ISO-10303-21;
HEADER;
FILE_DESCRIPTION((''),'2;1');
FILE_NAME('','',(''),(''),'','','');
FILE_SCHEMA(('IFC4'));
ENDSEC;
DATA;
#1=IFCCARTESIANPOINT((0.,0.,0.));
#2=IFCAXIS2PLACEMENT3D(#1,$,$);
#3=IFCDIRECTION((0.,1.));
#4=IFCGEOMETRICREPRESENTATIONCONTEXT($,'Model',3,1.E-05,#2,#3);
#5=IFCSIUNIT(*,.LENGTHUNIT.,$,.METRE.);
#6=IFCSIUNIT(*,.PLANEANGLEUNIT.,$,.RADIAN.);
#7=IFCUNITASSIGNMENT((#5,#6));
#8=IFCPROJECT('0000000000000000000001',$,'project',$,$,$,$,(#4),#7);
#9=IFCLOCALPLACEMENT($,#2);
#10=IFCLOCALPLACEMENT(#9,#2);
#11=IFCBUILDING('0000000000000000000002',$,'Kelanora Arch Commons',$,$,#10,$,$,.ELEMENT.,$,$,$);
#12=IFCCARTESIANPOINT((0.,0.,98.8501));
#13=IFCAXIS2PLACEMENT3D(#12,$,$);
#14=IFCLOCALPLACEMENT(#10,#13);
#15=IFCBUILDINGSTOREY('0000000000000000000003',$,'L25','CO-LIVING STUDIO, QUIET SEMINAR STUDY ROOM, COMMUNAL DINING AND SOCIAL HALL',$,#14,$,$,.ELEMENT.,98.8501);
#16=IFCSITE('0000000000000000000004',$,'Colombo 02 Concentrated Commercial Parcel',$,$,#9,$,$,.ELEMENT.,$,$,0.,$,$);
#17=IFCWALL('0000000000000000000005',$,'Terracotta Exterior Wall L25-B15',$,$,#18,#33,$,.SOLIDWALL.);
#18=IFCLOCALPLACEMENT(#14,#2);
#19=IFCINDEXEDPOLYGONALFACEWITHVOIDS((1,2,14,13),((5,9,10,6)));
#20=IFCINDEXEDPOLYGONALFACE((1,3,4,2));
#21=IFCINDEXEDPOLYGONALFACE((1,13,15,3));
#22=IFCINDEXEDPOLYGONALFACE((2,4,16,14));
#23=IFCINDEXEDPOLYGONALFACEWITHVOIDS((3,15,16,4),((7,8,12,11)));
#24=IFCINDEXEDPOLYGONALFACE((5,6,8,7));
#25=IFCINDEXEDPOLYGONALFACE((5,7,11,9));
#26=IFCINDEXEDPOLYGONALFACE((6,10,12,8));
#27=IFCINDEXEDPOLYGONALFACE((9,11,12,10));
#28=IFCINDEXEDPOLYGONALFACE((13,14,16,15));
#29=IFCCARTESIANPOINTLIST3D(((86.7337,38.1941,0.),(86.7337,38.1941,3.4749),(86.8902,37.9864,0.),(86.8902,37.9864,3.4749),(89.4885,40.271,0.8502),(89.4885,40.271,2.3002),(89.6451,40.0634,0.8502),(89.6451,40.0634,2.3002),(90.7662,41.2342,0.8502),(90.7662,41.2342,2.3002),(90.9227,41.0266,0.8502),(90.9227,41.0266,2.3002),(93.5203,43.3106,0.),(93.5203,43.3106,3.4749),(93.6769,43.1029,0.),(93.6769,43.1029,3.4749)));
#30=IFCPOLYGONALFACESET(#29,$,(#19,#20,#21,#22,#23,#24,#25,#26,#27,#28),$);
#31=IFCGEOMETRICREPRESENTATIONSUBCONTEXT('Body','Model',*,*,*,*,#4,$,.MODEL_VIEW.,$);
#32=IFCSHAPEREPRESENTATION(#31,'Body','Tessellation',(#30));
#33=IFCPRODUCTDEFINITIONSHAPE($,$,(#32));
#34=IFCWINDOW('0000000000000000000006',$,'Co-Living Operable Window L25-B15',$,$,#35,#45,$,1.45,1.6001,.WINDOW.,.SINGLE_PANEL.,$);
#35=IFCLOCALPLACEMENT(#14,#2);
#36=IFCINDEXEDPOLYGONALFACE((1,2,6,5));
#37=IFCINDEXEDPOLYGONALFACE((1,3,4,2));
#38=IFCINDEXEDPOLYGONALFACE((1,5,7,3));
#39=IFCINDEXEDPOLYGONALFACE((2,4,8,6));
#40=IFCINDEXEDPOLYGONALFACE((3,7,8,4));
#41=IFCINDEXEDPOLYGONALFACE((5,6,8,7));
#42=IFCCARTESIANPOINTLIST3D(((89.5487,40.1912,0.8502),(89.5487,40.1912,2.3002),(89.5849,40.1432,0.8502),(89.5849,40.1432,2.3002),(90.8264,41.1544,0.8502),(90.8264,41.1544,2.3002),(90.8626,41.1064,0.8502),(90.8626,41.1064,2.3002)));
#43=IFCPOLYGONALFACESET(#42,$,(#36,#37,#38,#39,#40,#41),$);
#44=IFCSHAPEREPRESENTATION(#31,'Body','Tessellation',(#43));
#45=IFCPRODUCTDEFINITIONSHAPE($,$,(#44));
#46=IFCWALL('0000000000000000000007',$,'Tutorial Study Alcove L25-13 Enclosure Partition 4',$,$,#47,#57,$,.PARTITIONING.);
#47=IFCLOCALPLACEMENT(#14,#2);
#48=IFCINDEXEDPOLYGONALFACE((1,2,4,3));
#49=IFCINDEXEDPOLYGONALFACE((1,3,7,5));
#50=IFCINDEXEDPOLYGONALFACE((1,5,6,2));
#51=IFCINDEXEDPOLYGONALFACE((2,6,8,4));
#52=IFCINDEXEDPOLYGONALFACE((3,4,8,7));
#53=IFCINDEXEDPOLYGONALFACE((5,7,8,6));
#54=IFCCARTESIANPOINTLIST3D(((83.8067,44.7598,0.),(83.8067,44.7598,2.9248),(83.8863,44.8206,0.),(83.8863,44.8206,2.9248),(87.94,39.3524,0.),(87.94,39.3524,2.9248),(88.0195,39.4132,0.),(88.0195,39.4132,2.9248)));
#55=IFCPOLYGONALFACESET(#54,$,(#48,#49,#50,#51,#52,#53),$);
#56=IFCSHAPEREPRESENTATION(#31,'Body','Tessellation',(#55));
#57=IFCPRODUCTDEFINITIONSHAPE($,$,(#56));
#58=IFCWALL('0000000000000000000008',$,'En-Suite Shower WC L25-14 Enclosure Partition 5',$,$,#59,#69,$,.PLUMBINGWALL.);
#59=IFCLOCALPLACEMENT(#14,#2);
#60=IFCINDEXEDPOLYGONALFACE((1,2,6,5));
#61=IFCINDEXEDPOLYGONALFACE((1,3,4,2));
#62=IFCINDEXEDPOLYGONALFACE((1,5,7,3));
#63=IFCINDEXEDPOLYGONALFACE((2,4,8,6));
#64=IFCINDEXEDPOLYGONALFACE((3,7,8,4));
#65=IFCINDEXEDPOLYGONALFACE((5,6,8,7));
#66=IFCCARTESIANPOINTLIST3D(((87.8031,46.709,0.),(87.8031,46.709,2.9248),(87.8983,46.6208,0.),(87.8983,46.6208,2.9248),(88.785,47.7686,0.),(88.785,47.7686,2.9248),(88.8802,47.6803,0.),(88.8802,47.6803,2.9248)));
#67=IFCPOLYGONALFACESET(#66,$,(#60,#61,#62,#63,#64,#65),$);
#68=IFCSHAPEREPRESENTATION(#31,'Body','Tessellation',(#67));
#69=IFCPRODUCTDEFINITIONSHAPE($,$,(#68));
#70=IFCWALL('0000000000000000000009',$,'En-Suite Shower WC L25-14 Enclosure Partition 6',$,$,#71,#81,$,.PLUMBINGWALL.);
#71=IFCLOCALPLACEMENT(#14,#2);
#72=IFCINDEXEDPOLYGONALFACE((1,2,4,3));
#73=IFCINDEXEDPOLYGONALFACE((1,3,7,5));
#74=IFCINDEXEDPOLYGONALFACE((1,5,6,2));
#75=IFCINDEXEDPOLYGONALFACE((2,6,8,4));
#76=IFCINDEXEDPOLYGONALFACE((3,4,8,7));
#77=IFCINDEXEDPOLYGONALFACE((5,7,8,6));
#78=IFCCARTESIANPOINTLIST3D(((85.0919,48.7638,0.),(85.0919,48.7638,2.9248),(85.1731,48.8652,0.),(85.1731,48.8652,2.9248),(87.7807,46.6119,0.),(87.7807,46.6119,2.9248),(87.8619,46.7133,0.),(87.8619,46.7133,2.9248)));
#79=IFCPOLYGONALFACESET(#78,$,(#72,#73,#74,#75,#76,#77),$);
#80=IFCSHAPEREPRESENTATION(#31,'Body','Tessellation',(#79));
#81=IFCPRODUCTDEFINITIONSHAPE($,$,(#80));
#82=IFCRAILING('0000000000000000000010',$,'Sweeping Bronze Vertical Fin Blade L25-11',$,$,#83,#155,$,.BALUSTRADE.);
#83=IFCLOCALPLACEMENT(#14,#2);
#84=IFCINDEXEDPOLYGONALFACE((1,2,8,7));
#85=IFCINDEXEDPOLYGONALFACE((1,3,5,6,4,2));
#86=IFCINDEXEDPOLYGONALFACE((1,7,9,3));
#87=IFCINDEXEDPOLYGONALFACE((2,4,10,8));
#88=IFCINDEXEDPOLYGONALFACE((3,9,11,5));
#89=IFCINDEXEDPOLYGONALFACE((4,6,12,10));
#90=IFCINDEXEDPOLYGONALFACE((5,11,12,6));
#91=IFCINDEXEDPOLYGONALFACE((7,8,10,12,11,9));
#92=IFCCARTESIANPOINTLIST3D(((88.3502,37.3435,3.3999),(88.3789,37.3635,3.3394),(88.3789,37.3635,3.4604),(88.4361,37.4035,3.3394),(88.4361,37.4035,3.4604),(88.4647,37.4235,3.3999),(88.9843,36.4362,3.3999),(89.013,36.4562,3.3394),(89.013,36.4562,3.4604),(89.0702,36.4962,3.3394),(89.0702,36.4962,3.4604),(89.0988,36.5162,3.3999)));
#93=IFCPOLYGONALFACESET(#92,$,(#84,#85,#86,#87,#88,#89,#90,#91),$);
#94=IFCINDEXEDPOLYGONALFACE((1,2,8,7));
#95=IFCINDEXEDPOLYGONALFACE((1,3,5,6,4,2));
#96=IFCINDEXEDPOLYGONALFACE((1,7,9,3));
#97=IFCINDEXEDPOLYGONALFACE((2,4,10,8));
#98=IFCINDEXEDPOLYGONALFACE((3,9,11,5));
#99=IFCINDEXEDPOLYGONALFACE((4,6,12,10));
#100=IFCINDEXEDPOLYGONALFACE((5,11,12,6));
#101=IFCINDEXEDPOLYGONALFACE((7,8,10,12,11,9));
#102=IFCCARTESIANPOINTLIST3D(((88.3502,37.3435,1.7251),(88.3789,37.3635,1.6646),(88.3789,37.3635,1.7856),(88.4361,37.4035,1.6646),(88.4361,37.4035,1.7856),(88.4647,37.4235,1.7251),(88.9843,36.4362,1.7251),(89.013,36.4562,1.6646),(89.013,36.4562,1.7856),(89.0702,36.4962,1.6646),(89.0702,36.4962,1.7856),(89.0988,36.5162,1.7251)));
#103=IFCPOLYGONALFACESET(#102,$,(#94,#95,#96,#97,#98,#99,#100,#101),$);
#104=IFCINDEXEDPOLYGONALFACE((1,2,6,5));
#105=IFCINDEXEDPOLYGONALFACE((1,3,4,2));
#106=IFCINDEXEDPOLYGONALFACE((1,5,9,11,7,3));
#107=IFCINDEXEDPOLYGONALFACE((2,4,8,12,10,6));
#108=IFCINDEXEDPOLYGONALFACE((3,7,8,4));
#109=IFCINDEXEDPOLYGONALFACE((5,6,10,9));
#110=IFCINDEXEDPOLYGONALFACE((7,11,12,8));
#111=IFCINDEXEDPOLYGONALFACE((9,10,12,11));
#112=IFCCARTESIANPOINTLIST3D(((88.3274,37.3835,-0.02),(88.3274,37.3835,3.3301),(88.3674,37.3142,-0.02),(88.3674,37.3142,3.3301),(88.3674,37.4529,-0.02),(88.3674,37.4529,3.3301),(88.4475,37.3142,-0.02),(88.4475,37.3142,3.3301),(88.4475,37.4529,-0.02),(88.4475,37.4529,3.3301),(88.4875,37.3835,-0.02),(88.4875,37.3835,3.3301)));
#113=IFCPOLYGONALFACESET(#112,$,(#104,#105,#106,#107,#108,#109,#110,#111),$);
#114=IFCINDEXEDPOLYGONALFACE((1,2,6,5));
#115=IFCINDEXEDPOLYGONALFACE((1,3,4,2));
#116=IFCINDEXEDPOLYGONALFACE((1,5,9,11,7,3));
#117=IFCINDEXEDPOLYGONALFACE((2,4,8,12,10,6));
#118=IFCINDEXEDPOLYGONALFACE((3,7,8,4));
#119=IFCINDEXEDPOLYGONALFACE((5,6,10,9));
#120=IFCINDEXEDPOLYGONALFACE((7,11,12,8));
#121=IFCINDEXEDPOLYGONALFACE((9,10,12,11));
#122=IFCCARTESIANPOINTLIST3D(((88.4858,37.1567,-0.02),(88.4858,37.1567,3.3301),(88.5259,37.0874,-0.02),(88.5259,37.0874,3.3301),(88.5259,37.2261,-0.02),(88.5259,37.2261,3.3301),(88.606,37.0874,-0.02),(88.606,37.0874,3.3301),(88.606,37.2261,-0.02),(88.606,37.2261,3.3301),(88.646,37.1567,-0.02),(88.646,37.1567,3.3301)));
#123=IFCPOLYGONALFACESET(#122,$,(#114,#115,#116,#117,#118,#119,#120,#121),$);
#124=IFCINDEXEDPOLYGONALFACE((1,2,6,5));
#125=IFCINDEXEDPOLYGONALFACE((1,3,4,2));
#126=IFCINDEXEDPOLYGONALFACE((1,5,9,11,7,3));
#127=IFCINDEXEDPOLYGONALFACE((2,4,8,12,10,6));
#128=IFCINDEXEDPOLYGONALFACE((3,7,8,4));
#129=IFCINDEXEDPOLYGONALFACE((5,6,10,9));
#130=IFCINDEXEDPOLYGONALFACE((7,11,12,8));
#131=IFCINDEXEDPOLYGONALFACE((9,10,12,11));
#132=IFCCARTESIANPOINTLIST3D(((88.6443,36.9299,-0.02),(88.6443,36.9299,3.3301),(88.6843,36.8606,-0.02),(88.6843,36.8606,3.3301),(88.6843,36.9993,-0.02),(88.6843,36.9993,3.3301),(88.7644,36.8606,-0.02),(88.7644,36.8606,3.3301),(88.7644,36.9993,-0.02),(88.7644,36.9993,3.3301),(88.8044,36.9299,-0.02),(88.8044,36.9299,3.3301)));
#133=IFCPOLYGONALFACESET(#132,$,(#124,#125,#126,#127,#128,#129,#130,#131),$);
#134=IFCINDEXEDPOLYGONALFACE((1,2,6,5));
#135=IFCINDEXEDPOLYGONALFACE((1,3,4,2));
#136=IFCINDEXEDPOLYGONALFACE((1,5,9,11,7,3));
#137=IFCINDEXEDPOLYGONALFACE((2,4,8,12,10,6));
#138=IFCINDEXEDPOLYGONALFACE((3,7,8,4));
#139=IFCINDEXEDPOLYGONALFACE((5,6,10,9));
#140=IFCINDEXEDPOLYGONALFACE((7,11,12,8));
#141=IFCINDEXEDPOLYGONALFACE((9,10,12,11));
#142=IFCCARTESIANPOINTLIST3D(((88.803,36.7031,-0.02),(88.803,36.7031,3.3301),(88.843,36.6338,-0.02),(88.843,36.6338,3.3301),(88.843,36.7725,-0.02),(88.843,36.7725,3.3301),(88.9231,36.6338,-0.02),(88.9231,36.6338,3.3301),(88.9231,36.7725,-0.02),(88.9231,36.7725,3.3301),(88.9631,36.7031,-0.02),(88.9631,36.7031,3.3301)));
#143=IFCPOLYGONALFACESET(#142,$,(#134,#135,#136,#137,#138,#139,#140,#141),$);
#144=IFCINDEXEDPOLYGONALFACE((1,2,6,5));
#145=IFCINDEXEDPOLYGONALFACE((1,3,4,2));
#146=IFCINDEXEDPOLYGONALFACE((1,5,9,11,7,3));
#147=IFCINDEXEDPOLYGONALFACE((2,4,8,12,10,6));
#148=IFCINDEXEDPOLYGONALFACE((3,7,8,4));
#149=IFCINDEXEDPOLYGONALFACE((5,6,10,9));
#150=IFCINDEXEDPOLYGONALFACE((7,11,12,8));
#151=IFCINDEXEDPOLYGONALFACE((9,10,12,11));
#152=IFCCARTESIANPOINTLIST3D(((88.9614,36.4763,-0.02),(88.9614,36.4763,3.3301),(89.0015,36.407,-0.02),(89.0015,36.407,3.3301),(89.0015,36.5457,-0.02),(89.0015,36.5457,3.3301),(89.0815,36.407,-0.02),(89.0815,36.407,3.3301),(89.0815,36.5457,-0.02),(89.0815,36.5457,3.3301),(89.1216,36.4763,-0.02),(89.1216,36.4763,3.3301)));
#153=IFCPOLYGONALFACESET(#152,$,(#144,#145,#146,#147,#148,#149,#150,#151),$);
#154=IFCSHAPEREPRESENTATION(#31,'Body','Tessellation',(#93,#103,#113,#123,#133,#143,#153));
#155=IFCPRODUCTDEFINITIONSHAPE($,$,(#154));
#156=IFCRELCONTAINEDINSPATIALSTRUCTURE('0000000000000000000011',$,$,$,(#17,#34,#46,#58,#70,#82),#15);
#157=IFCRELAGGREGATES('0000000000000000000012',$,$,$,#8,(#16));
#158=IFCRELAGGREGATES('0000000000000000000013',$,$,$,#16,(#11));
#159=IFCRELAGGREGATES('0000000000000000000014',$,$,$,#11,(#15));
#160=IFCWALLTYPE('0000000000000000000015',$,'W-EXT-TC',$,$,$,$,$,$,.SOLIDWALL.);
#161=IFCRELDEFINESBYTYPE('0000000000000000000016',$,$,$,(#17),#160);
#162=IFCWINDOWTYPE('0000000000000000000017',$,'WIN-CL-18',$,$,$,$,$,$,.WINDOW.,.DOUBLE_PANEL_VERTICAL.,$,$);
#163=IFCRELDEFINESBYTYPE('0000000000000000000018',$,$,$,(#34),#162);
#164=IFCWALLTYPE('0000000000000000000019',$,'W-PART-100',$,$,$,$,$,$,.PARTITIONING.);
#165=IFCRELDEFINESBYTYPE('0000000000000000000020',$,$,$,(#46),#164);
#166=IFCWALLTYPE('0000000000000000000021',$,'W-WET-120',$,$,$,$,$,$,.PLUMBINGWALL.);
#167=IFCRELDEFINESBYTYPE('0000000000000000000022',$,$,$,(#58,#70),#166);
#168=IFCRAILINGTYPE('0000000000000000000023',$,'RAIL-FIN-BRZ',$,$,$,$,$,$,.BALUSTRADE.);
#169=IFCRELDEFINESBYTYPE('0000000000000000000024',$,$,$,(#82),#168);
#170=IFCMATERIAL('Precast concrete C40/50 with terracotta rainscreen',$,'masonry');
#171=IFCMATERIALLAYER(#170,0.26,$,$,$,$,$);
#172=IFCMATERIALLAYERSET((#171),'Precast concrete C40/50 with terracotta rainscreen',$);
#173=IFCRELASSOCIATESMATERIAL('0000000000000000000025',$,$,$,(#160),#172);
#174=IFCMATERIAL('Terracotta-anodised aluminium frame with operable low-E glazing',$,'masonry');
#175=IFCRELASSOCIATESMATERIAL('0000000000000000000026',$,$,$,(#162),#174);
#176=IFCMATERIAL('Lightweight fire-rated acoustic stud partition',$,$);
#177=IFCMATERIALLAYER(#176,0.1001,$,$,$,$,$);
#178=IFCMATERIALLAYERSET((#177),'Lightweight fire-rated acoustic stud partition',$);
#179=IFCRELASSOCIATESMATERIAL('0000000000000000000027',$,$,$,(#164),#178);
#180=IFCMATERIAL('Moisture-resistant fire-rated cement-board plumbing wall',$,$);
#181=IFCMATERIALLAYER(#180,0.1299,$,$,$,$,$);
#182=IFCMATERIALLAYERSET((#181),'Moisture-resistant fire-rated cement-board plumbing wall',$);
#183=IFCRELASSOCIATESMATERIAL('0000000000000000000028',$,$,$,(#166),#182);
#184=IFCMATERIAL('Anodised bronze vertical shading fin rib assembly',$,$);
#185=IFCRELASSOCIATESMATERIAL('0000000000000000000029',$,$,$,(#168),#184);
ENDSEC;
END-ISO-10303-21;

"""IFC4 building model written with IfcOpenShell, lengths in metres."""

from ifc_helpers import new_model, si_unit, direction, frame, frame_2d, origin, place, context, subcontext, project, spatial, polyline, rectangle, outline, extrude, material, layer, layer_set, type_object, element, fill, save


model = new_model("IFC4")

# Units and contexts
model_context = context("Model", 3, precision=1e-05, world=origin(), true_north=direction((0.0, 1.0)))
body_context = subcontext(model_context, "Body", "Model", "MODEL_VIEW")
ifc_project = project(units=[si_unit("LENGTHUNIT", "METRE"), si_unit("PLANEANGLEUNIT", "RADIAN")], contexts=[model_context])

# Site, building, storey
site_placement = place(None, origin())
site = spatial("IfcSite", under=ifc_project, at=site_placement, Name="Colombo 02 Concentrated Commercial Parcel", CompositionType="ELEMENT", RefElevation=0.0)
building_placement = place(site_placement, origin())
building = spatial("IfcBuilding", under=site, at=building_placement, Name="Kelanora Arch Commons", CompositionType="ELEMENT")
storey_placement = place(building_placement, frame((0.0, 0.0, 98.8501)))
storey = spatial("IfcBuildingStorey", under=building, at=storey_placement, Name="L25", Description="CO-LIVING STUDIO, QUIET SEMINAR STUDY ROOM, COMMUNAL DINING AND SOCIAL HALL", CompositionType="ELEMENT", Elevation=98.8501)

# Wall, opening, window
ifc_material_1 = material(Name="Precast concrete C40/50 with terracotta rainscreen", Category="masonry")
ifc_layer_1 = layer(ifc_material_1, 0.26)
ifc_layer_set_1 = layer_set([ifc_layer_1], Name="Precast concrete C40/50 with terracotta rainscreen")
wall_type_1 = type_object("IfcWallType", Name="W-EXT-TC", PredefinedType="SOLIDWALL", material=ifc_layer_set_1)
wall_1_placement = place(storey_placement, frame((86.812, 38.0903, 0.0), z_axis=(0.0, 0.0, 1.0), x_axis=(0.798502, 0.601993, 0.0)))
wall_1 = element("IfcWall", 1, at=wall_1_placement, inside=storey, type_object=wall_type_1, Name="Terracotta Exterior Wall L25-B15", PredefinedType="SOLIDWALL", context=body_context, shape_type="SweptSolid", body=[
    extrude(rectangle(XDim=8.4993, YDim=0.26, at=frame_2d((4.2495, 0.0))), origin(), (0.0, 0.0, 1.0), 3.4749),
])
opening_placement = place(wall_1_placement, frame((3.45, 0.0, 0.8501)))
opening = element("IfcOpeningElement", 2, at=opening_placement, cuts=wall_1, PredefinedType="OPENING", context=body_context, shape_type="SweptSolid", body=[
    extrude(rectangle(XDim=1.6001, YDim=1.45, at=frame_2d((0.8, 0.7251))), frame((0.0, 0.1401, 0.0), z_axis=(0.0, -1.0, 0.0), x_axis=(1.0, 0.0, 0.0)), (0.0, 0.0, 1.0), 0.28),
])
ifc_material_2 = material(Name="Terracotta-anodised aluminium frame with operable low-E glazing", Category="masonry")
window_type = type_object("IfcWindowType", Name="WIN-CL-18", PartitioningType="DOUBLE_PANEL_VERTICAL", PredefinedType="WINDOW", material=ifc_material_2)
window_placement = place(opening_placement, origin())
window = element("IfcWindow", 3, at=window_placement, inside=storey, type_object=window_type, Name="Co-Living Operable Window L25-B15", OverallHeight=1.45, OverallWidth=1.6001, PartitioningType="SINGLE_PANEL", PredefinedType="WINDOW", context=body_context, shape_type="SweptSolid", body=[
    extrude(rectangle(XDim=1.6001, YDim=1.45, at=frame_2d((0.8, 0.7251))), frame((0.0, 0.03, 0.0), z_axis=(0.0, -1.0, 0.0), x_axis=(1.0, 0.0, 0.0)), (0.0, 0.0, 1.0), 0.0601),
])
fill(opening, window)

# Walls
ifc_material_3 = material(Name="Lightweight fire-rated acoustic stud partition")
ifc_layer_2 = layer(ifc_material_3, 0.1001)
ifc_layer_set_2 = layer_set([ifc_layer_2], Name="Lightweight fire-rated acoustic stud partition")
wall_type_2 = type_object("IfcWallType", Name="W-PART-100", PredefinedType="PARTITIONING", material=ifc_layer_set_2)
wall_2_placement = place(storey_placement, frame((87.9797, 39.3828, 0.0), z_axis=(0.0, 0.0, 1.0), x_axis=(-0.607281, 0.794487, 0.0)))
element("IfcWall", 4, at=wall_2_placement, inside=storey, type_object=wall_type_2, Name="Tutorial Study Alcove L25-13 Enclosure Partition 4", PredefinedType="PARTITIONING", context=body_context, shape_type="SweptSolid", body=[
    extrude(rectangle(XDim=6.8062, YDim=0.1001, at=frame_2d((3.4031, 0.0))), origin(), (0.0, 0.0, 1.0), 2.9248),
])
ifc_material_4 = material(Name="Moisture-resistant fire-rated cement-board plumbing wall")
ifc_layer_3 = layer(ifc_material_4, 0.1299)
ifc_layer_set_3 = layer_set([ifc_layer_3], Name="Moisture-resistant fire-rated cement-board plumbing wall")
wall_type_3 = type_object("IfcWallType", Name="W-WET-120", PredefinedType="PLUMBINGWALL", material=ifc_layer_set_3)
wall_3_placement = place(storey_placement, frame((88.8325, 47.7244, 0.0), z_axis=(0.0, 0.0, 1.0), x_axis=(-0.679725, -0.733467, 0.0)))
element("IfcWall", 5, at=wall_3_placement, inside=storey, type_object=wall_type_3, Name="En-Suite Shower WC L25-14 Enclosure Partition 5", PredefinedType="PLUMBINGWALL", context=body_context, shape_type="SweptSolid", body=[
    extrude(rectangle(XDim=1.4446, YDim=0.1299, at=frame_2d((0.7222, 0.0))), origin(), (0.0, 0.0, 1.0), 2.9248),
])
wall_4_placement = place(storey_placement, frame((87.8213, 46.6626, 0.0), z_axis=(0.0, 0.0, 1.0), x_axis=(-0.780744, 0.624851, 0.0)))
element("IfcWall", 6, at=wall_4_placement, inside=storey, type_object=wall_type_3, Name="En-Suite Shower WC L25-14 Enclosure Partition 6", PredefinedType="PLUMBINGWALL", context=body_context, shape_type="SweptSolid", body=[
    extrude(rectangle(XDim=3.4438, YDim=0.1299, at=frame_2d((1.7219, 0.0))), origin(), (0.0, 0.0, 1.0), 2.9248),
])

# Railing
ifc_material_5 = material(Name="Anodised bronze vertical shading fin rib assembly")
railing_type = type_object("IfcRailingType", Name="RAIL-FIN-BRZ", PredefinedType="BALUSTRADE", material=ifc_material_5)
railing_1_placement = place(storey_placement, frame((88.4075, 37.3835, -0.02)))
element("IfcRailing", 7, at=railing_1_placement, inside=storey, type_object=railing_type, Name="Sweeping Bronze Vertical Fin Blade L25-11", PredefinedType="BALUSTRADE", context=body_context, shape_type="SweptSolid", body=[
    extrude(outline(polyline([(0.0698, 0.0), (0.0349, 0.0605), (-0.0349, 0.0605), (-0.0698, 0.0), (-0.0349, -0.0605), (0.0349, -0.0605), (0.0698, 0.0)])), frame((0.0, 0.0, 3.4199), z_axis=(0.57284, -0.819667, 0.0), x_axis=(0.819667, 0.57284, 0.0)), (0.0, 0.0, 1.0), 1.1069),
    extrude(outline(polyline([(0.0698, 0.0), (0.0349, 0.0605), (-0.0349, 0.0605), (-0.0698, 0.0), (-0.0349, -0.0605), (0.0349, -0.0605), (0.0698, 0.0)])), frame((0.0, 0.0, 1.7451), z_axis=(0.57284, -0.819667, 0.0), x_axis=(0.819667, 0.57284, 0.0)), (0.0, 0.0, 1.0), 1.1069),
    extrude(outline(polyline([(0.0801, 0.0), (0.04, 0.0693), (-0.04, 0.0693), (-0.0801, 0.0), (-0.04, -0.0693), (0.04, -0.0693), (0.0801, 0.0)])), origin(), (0.0, 0.0, 1.0), 3.3501),
    extrude(outline(polyline([(0.0801, 0.0), (0.04, 0.0693), (-0.04, 0.0693), (-0.0801, 0.0), (-0.04, -0.0693), (0.04, -0.0693), (0.0801, 0.0)])), frame((0.1584, -0.2268, 0.0)), (0.0, 0.0, 1.0), 3.3501),
    extrude(outline(polyline([(0.0801, 0.0), (0.04, 0.0693), (-0.04, 0.0693), (-0.0801, 0.0), (-0.04, -0.0693), (0.04, -0.0693), (0.0801, 0.0)])), frame((0.3169, -0.4536, 0.0)), (0.0, 0.0, 1.0), 3.3501),
    extrude(outline(polyline([(0.0801, 0.0), (0.04, 0.0693), (-0.04, 0.0693), (-0.0801, 0.0), (-0.04, -0.0693), (0.04, -0.0693), (0.0801, 0.0)])), frame((0.4756, -0.6804, 0.0)), (0.0, 0.0, 1.0), 3.3501),
    extrude(outline(polyline([(0.0801, 0.0), (0.04, 0.0693), (-0.04, 0.0693), (-0.0801, 0.0), (-0.04, -0.0693), (0.04, -0.0693), (0.0801, 0.0)])), frame((0.634, -0.9072, 0.0)), (0.0, 0.0, 1.0), 3.3501),
])

save(model, "model.ifc")
